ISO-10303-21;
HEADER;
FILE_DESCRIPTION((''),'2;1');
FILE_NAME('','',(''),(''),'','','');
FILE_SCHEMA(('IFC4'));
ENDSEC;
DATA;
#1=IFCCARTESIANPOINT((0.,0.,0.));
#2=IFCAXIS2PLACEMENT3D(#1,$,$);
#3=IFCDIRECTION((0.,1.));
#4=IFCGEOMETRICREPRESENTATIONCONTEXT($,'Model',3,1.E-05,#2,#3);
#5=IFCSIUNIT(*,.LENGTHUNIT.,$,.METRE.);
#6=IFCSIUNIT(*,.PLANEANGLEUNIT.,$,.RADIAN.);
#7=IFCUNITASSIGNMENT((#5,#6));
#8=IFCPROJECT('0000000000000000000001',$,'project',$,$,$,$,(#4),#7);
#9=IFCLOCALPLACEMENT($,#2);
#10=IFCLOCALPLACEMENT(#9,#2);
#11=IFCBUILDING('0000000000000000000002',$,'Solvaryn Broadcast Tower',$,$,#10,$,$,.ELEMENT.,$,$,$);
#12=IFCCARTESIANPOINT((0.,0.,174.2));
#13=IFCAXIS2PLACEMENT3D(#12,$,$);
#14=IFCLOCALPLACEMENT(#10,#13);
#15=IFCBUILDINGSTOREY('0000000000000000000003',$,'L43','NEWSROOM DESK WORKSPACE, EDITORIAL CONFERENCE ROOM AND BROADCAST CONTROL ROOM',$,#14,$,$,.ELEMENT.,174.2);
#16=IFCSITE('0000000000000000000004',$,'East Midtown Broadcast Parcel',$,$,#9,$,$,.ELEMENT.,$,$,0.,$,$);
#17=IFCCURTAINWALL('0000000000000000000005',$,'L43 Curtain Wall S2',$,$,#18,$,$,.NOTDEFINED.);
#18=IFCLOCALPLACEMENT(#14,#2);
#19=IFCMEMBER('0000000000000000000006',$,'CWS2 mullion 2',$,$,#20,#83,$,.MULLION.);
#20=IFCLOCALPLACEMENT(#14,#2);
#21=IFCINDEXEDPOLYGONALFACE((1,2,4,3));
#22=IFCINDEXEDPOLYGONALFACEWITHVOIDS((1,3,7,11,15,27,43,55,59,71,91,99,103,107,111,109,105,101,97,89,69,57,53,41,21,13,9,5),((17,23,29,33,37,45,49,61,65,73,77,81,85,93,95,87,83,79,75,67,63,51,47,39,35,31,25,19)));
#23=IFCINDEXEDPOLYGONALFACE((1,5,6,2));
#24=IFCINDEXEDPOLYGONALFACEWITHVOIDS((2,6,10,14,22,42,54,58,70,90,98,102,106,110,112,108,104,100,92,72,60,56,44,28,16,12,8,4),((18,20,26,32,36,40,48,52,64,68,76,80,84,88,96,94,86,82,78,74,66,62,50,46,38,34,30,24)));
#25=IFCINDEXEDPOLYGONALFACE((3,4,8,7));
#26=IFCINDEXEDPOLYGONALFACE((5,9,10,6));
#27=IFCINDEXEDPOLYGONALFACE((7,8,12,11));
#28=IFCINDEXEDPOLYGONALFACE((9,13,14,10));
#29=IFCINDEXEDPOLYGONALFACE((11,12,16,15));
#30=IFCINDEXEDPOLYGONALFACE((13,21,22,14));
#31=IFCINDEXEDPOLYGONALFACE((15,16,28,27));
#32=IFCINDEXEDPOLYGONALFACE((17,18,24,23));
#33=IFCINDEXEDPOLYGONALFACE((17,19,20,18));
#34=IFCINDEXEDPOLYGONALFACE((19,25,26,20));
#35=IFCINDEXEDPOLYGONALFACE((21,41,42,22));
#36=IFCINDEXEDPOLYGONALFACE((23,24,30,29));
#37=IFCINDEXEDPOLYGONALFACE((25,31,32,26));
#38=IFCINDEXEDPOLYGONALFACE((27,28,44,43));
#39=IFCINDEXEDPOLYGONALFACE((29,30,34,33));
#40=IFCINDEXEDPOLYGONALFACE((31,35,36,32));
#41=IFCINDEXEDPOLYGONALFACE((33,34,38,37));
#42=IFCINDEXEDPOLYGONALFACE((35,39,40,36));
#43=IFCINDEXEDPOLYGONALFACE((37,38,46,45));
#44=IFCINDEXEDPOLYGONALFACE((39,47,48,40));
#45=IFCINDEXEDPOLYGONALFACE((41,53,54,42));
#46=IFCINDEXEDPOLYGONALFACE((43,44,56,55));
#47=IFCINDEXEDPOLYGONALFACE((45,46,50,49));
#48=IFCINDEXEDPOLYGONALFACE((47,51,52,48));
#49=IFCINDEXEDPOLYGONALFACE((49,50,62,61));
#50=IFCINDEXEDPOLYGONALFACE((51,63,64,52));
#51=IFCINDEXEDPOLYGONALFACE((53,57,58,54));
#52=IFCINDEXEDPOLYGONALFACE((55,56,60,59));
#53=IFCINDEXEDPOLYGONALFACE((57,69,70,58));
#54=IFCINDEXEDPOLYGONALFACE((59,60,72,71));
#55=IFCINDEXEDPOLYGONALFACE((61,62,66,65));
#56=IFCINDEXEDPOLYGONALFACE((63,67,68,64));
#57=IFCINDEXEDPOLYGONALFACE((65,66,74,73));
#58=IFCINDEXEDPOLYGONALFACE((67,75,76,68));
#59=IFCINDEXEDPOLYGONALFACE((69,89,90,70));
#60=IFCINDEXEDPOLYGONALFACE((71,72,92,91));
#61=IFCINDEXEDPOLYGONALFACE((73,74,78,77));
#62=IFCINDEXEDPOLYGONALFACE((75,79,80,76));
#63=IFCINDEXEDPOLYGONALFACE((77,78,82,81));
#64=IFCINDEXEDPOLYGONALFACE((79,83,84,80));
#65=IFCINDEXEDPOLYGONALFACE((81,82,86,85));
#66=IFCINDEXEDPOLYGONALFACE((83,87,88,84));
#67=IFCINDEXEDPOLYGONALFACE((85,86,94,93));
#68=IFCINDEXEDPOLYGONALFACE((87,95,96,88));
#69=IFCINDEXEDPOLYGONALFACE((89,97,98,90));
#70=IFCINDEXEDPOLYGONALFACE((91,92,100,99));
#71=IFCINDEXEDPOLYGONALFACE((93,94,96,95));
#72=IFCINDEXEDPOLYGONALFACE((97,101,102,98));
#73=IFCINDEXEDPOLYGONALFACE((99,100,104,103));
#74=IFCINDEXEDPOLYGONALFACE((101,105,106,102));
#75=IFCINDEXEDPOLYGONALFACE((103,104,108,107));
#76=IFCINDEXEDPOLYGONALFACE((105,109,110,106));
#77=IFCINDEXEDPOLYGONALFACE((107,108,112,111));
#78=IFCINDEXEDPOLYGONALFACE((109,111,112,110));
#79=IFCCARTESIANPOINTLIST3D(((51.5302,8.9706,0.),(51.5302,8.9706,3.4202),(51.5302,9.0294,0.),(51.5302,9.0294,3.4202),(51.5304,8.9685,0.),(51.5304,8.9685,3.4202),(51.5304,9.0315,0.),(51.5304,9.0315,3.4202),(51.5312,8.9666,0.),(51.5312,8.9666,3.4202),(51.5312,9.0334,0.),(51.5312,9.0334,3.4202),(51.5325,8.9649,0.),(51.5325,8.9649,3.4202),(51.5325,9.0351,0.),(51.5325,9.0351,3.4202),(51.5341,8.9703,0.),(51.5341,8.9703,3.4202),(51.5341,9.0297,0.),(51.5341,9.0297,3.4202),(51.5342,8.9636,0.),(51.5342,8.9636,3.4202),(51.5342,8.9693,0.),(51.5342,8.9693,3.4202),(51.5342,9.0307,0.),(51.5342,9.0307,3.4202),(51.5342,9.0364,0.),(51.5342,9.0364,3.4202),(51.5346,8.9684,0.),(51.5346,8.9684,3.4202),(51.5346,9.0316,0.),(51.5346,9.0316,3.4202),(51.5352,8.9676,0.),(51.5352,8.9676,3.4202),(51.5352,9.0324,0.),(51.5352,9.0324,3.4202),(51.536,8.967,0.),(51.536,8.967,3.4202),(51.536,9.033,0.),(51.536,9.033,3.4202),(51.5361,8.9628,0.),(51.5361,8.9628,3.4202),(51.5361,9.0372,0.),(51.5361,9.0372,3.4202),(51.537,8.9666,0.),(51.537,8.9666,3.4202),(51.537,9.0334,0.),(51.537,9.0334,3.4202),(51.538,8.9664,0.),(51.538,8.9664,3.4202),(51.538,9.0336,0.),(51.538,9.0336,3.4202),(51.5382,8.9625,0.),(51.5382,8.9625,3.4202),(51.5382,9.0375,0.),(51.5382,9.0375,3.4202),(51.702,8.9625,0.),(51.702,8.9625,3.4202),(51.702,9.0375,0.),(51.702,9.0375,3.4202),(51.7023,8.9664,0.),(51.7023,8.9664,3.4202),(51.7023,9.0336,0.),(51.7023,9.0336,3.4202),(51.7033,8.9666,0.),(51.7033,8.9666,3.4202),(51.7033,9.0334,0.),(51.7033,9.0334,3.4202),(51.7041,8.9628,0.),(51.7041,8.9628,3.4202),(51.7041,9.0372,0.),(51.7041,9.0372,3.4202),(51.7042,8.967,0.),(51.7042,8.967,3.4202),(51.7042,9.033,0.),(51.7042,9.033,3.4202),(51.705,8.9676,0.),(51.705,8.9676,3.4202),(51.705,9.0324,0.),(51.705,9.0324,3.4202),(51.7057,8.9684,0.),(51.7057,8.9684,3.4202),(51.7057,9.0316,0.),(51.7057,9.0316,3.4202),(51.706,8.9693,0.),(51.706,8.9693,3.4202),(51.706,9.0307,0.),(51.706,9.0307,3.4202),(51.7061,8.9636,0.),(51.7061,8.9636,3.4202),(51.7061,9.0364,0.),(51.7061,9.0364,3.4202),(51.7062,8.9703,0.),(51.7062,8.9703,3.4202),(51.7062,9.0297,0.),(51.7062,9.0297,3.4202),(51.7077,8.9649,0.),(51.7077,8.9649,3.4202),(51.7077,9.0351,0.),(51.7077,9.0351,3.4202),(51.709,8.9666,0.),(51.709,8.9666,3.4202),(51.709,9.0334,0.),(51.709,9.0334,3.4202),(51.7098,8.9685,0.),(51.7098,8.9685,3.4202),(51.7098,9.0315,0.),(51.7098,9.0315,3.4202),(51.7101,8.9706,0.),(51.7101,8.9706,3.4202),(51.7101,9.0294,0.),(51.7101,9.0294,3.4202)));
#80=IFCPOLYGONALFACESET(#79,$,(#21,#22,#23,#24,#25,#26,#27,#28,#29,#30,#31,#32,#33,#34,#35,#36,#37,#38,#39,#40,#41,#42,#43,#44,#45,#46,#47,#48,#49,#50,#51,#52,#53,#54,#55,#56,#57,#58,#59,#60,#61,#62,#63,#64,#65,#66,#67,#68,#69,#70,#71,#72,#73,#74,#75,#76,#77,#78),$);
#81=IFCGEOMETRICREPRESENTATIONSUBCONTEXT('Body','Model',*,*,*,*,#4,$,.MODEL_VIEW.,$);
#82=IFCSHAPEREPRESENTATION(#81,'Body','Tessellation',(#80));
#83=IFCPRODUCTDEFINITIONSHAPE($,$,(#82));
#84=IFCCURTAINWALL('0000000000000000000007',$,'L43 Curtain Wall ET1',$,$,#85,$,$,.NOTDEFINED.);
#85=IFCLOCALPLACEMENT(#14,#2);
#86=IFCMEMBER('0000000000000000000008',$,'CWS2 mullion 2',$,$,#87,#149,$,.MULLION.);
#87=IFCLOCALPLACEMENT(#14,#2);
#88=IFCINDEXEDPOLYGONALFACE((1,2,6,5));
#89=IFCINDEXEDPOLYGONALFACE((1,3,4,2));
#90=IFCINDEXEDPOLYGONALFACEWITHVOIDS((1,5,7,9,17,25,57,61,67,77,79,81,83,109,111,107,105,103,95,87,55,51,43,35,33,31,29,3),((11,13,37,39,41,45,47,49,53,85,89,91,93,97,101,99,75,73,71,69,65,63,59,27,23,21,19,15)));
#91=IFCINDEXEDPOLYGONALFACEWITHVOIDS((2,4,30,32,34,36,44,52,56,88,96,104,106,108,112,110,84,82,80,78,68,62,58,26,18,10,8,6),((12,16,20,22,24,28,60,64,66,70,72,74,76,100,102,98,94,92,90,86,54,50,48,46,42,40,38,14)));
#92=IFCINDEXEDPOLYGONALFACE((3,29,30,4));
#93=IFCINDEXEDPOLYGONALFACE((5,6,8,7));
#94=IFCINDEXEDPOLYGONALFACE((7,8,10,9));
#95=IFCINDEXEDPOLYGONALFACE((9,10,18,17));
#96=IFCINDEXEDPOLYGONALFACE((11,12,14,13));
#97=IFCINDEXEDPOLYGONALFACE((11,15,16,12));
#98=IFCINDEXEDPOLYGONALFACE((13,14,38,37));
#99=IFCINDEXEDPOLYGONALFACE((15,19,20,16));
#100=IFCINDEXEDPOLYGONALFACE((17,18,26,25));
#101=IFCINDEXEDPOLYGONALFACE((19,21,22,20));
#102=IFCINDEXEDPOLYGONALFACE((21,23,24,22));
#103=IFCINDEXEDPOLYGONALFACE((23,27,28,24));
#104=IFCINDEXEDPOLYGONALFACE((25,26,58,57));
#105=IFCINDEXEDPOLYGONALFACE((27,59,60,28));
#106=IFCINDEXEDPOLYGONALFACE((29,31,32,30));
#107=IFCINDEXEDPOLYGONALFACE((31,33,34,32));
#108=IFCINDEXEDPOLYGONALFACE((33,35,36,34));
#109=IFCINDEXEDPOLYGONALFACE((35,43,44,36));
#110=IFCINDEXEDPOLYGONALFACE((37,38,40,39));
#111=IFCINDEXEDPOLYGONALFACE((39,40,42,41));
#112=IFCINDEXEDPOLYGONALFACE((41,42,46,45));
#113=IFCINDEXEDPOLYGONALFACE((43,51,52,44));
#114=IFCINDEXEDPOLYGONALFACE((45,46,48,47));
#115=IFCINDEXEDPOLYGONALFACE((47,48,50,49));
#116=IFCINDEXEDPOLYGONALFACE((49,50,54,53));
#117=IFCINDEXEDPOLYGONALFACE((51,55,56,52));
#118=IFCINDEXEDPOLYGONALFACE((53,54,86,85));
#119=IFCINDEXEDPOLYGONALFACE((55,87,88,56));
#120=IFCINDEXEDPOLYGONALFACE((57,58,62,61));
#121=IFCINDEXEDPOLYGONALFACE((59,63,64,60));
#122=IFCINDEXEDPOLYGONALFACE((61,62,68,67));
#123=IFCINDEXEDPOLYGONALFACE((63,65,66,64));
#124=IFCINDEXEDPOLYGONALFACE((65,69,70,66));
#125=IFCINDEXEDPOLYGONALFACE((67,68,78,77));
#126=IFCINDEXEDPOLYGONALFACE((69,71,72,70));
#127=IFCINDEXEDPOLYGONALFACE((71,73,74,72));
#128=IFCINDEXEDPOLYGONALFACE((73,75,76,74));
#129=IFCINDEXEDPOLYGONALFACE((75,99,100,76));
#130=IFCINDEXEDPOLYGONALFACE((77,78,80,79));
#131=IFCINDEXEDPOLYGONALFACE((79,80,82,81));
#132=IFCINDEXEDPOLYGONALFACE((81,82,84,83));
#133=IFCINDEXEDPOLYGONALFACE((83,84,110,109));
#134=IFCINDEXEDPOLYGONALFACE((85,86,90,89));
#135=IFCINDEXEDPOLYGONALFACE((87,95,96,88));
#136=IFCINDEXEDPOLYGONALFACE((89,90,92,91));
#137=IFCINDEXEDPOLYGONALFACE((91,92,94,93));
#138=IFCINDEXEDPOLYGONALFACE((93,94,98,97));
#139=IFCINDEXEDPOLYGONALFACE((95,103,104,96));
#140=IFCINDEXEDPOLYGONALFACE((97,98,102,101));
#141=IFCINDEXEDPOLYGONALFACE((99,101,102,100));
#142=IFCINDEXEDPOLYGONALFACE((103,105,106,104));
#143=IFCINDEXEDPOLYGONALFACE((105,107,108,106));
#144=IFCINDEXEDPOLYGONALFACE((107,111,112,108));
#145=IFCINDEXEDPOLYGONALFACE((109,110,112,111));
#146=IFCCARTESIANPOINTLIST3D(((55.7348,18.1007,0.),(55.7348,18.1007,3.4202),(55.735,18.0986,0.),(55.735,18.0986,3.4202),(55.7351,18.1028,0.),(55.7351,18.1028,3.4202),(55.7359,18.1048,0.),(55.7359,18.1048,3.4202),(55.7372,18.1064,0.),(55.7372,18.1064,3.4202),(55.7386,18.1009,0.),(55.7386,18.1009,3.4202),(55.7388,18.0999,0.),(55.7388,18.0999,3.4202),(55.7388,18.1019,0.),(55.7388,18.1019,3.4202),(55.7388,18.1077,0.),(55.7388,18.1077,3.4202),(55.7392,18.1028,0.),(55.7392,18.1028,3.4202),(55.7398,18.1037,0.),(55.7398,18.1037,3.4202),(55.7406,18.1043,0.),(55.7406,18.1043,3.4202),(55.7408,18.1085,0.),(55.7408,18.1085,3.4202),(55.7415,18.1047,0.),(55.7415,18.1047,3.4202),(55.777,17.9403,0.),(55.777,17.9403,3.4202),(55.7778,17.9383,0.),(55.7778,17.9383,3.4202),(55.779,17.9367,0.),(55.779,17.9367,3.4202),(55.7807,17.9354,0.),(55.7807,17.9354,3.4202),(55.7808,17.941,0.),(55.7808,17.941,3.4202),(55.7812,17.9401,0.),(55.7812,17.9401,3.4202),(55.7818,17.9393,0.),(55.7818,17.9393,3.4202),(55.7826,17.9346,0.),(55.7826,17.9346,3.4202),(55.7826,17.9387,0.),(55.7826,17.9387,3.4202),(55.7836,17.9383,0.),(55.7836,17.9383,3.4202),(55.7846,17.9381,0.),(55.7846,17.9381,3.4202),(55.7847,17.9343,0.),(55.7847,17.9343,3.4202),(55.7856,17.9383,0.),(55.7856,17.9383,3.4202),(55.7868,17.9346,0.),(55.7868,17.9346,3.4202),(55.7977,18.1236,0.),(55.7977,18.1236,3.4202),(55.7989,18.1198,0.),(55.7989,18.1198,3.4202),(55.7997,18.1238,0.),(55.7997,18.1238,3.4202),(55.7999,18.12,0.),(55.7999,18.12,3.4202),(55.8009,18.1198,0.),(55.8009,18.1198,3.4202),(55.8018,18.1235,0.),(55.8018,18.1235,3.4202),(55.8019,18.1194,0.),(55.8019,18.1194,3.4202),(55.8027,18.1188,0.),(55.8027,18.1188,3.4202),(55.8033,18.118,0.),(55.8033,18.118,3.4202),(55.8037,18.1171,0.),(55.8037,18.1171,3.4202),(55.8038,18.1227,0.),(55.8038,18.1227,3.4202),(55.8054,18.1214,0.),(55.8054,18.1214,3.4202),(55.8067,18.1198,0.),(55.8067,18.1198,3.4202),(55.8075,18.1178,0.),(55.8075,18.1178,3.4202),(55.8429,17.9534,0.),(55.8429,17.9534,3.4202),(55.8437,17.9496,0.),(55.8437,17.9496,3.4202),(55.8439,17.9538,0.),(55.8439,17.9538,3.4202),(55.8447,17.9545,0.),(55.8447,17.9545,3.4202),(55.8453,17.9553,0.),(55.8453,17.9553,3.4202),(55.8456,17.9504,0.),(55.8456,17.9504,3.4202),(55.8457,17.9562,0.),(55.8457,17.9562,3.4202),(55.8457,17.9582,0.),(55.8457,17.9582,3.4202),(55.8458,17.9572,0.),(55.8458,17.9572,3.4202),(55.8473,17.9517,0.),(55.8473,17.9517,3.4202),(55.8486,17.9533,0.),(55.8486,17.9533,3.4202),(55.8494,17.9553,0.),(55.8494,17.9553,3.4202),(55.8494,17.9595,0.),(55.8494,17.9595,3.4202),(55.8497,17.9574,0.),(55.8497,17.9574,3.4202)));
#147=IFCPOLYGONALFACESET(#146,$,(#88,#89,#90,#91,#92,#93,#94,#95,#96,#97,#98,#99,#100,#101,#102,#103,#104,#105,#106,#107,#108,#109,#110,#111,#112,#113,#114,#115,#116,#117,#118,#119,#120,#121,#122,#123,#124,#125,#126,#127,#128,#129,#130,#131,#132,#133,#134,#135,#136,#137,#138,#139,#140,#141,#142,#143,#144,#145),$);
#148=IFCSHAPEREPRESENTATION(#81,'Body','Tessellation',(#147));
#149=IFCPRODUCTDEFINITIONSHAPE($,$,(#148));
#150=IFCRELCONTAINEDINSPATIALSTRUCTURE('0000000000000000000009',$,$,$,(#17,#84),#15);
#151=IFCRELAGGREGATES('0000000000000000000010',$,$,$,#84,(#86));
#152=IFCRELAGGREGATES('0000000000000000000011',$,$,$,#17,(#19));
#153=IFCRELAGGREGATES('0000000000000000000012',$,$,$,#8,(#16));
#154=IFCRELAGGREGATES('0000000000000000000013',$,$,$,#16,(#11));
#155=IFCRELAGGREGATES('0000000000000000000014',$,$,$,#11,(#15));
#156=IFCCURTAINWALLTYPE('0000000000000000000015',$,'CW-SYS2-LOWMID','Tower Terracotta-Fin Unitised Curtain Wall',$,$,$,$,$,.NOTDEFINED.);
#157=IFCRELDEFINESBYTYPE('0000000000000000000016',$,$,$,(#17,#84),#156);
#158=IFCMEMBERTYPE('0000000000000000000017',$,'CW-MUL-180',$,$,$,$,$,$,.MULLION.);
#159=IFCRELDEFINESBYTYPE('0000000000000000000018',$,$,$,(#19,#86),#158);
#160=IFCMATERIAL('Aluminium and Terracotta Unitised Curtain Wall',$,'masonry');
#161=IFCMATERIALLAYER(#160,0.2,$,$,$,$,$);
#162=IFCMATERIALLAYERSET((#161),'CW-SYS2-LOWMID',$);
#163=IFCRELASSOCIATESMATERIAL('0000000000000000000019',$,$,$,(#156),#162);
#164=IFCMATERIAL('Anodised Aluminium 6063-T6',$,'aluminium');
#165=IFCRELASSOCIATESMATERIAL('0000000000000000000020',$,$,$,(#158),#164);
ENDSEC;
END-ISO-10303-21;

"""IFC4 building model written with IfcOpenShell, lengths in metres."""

from ifc_helpers import new_model, si_unit, direction, frame, origin, origin_2d, place, context, subcontext, project, spatial, hollow_rectangle, extrude, material, layer, layer_set, material_profile, profile_set, type_object, element, aggregate, save


model = new_model("IFC4")

# Units and contexts
model_context = context("Model", 3, precision=1e-05, world=origin(), true_north=direction((0.0, 1.0)))
body_context = subcontext(model_context, "Body", "Model", "MODEL_VIEW")
ifc_project = project(units=[si_unit("LENGTHUNIT", "METRE"), si_unit("PLANEANGLEUNIT", "RADIAN")], contexts=[model_context])

# Site, building, storey
site_placement = place(None, origin())
site = spatial("IfcSite", under=ifc_project, at=site_placement, Name="East Midtown Broadcast Parcel", CompositionType="ELEMENT", RefElevation=0.0)
building_placement = place(site_placement, origin())
building = spatial("IfcBuilding", under=site, at=building_placement, Name="Solvaryn Broadcast Tower", CompositionType="ELEMENT")
storey_placement = place(building_placement, frame((0.0, 0.0, 174.2)))
storey = spatial("IfcBuildingStorey", under=building, at=storey_placement, Name="L43", Description="NEWSROOM DESK WORKSPACE, EDITORIAL CONFERENCE ROOM AND BROADCAST CONTROL ROOM", CompositionType="ELEMENT", Elevation=174.2)

# Curtain walls, members
ifc_material_1 = material(Name="Aluminium and Terracotta Unitised Curtain Wall", Category="masonry")
ifc_layer_1 = layer(ifc_material_1, 0.2)
ifc_layer_set_1 = layer_set([ifc_layer_1], Name="CW-SYS2-LOWMID")
curtain_wall_type = type_object("IfcCurtainWallType", Name="CW-SYS2-LOWMID", Description="Tower Terracotta-Fin Unitised Curtain Wall", PredefinedType="NOTDEFINED", material=ifc_layer_set_1)
curtain_wall_1_placement = place(storey_placement, origin())
curtain_wall_1 = element("IfcCurtainWall", 1, at=curtain_wall_1_placement, inside=storey, type_object=curtain_wall_type, Name="L43 Curtain Wall S2", PredefinedType="NOTDEFINED")
ifc_material_2 = material(Name="Anodised Aluminium 6063-T6", Category="aluminium")
ifc_material_profile_1 = material_profile(ifc_material_2, hollow_rectangle(XDim=0.075, YDim=0.1799, WallThickness=0.0039, InnerFilletRadius=0.0039, OuterFilletRadius=0.0081, at=origin_2d()))
ifc_profile_set_1 = profile_set([ifc_material_profile_1], Name="Anodised Aluminium 6063-T6")
member_type_1 = type_object("IfcMemberType", Name="CW-MUL-180", PredefinedType="MULLION", material=ifc_profile_set_1)
member_1_placement = place(storey_placement, frame((51.6201, 9.0, 0.0), z_axis=(0.0, 0.0, 1.0), x_axis=(0.0, 1.0, 0.0)))
member_1 = element("IfcMember", 2, at=member_1_placement, type_object=member_type_1, Name="CWS2 mullion 2", PredefinedType="MULLION", context=body_context, shape_type="SweptSolid", body=[
    extrude(hollow_rectangle(XDim=0.075, YDim=0.1799, WallThickness=0.0039, InnerFilletRadius=0.0039, OuterFilletRadius=0.0081, at=origin_2d()), origin(), (0.0, 0.0, 1.0), 3.4202),
])
curtain_wall_2_placement = place(storey_placement, origin())
curtain_wall_2 = element("IfcCurtainWall", 3, at=curtain_wall_2_placement, inside=storey, type_object=curtain_wall_type, Name="L43 Curtain Wall ET1", PredefinedType="NOTDEFINED")
member_2_placement = place(storey_placement, frame((55.7922, 18.0291, 0.0), z_axis=(0.0, 0.0, 1.0), x_axis=(0.966705, 0.255893, 0.0)))
member_2 = element("IfcMember", 4, at=member_2_placement, type_object=member_type_1, Name="CWS2 mullion 2", PredefinedType="MULLION", context=body_context, shape_type="SweptSolid", body=[
    extrude(hollow_rectangle(XDim=0.075, YDim=0.1799, WallThickness=0.0039, InnerFilletRadius=0.0039, OuterFilletRadius=0.0081, at=origin_2d()), origin(), (0.0, 0.0, 1.0), 3.4202),
])
aggregate(curtain_wall_2, [member_2])

aggregate(curtain_wall_1, [member_1])

save(model, "model.ifc")
